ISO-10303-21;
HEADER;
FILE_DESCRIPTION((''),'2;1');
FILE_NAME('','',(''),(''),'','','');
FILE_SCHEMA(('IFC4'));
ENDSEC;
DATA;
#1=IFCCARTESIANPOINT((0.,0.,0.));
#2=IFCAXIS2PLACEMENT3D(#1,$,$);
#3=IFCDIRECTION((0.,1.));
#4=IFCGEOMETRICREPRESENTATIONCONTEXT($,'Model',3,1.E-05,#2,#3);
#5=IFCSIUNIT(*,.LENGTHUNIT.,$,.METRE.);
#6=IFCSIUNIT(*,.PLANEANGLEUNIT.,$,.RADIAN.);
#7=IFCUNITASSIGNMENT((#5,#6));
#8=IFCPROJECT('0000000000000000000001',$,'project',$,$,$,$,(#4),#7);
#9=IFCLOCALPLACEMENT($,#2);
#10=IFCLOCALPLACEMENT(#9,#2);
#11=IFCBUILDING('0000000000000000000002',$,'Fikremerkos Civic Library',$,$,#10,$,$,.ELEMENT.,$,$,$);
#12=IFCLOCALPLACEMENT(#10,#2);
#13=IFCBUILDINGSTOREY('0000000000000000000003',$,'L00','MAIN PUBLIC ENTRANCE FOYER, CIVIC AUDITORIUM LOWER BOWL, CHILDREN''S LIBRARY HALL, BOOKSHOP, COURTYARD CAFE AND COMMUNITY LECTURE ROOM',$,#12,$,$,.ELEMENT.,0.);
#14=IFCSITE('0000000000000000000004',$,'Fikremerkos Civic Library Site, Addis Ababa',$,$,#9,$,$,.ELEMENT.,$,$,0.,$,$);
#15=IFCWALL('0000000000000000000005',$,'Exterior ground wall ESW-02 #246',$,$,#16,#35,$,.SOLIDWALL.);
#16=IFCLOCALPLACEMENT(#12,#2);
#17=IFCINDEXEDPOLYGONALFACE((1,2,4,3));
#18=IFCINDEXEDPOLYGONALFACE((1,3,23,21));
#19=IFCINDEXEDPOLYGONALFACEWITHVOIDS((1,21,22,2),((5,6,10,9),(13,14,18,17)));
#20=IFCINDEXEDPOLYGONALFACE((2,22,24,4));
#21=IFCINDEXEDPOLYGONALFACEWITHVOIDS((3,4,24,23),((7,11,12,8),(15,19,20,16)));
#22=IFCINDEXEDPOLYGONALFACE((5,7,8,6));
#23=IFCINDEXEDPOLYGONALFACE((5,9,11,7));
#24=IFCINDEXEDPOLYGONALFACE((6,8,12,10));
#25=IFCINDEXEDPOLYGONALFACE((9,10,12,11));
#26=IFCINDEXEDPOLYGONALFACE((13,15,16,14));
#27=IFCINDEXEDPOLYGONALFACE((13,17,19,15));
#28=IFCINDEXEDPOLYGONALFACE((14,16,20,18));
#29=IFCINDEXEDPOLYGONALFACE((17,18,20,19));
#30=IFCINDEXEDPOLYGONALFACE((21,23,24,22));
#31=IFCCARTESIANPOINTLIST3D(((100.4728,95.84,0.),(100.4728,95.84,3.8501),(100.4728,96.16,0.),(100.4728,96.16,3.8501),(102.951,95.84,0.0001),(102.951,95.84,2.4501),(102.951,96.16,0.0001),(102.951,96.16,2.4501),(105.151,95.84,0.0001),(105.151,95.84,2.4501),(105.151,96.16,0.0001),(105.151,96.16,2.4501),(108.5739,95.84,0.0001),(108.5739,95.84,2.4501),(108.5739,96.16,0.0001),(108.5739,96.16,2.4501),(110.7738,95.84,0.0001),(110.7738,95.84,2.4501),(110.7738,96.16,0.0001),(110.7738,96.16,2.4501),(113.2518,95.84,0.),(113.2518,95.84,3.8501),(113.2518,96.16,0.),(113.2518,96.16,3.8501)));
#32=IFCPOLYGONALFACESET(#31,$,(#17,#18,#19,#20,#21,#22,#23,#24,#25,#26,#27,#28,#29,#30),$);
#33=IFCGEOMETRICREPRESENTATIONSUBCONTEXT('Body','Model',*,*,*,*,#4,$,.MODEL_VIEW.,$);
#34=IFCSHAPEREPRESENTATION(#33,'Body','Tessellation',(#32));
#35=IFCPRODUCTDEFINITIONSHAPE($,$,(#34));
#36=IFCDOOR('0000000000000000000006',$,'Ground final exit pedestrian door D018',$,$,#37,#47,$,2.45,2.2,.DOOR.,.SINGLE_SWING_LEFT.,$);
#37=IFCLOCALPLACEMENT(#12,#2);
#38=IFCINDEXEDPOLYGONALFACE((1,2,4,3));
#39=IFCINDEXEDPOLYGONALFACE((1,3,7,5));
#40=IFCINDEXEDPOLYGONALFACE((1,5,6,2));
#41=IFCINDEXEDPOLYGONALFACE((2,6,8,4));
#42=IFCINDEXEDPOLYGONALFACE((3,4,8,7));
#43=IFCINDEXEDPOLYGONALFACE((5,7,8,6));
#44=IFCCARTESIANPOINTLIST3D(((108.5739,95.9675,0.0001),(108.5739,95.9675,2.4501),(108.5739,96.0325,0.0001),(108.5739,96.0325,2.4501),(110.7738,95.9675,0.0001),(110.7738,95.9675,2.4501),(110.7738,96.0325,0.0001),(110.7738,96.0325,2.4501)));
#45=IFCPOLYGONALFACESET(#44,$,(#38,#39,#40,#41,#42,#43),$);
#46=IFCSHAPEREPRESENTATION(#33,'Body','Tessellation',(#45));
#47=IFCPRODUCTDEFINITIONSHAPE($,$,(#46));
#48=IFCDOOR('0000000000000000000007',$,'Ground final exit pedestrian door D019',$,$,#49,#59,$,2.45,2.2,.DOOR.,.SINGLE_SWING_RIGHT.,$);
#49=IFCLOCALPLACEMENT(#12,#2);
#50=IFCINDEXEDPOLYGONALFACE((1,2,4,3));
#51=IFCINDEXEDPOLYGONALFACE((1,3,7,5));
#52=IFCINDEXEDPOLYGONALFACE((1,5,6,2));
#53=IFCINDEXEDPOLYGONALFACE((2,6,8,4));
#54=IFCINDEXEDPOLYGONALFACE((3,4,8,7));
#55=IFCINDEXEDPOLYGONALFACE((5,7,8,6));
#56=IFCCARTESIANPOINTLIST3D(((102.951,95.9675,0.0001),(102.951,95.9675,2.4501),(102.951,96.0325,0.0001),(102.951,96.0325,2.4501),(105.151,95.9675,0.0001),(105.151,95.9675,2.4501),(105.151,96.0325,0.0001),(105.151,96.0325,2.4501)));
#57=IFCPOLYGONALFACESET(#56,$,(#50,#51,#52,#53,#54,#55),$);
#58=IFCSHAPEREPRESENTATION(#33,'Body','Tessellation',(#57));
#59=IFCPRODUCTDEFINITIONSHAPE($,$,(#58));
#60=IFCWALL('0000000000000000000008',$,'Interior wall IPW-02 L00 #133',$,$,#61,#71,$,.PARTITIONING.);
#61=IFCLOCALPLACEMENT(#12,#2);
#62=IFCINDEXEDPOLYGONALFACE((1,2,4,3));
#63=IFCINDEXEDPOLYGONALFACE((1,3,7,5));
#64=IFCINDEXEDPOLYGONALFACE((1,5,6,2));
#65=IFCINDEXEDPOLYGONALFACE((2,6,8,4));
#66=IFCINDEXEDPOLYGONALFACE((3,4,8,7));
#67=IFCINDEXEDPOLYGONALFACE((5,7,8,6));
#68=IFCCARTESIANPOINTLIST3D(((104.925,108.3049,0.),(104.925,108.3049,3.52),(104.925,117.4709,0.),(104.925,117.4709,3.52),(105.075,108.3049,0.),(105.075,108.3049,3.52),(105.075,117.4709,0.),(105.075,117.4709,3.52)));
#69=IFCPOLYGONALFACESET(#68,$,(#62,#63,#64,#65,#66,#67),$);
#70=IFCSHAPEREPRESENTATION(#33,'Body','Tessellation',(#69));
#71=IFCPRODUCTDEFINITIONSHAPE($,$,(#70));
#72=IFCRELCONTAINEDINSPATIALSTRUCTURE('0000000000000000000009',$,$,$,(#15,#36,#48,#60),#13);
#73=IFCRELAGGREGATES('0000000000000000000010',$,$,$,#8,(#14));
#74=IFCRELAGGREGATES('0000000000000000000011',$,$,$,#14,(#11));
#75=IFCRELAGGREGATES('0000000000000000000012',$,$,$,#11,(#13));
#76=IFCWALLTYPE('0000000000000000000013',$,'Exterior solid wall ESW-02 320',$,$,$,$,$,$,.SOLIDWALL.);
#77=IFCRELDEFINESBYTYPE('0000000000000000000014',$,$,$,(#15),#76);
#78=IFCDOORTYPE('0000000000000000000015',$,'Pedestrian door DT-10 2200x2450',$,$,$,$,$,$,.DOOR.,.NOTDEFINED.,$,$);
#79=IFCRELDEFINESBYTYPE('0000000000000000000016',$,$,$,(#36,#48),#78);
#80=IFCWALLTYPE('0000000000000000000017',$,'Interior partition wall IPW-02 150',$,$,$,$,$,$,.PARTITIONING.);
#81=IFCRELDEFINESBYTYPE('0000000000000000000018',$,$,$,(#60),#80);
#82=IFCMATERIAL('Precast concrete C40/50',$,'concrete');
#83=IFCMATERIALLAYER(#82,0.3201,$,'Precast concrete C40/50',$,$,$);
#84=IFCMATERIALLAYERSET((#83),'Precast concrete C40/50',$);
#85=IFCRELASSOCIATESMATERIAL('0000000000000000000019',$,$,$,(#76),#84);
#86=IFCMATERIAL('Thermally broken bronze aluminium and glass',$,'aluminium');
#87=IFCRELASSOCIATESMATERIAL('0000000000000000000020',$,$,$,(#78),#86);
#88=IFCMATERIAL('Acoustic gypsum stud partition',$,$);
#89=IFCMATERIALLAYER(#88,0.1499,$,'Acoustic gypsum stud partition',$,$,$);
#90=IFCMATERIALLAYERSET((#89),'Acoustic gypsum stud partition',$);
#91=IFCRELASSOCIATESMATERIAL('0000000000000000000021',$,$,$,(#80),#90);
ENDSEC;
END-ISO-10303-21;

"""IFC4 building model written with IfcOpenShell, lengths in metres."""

from ifc_helpers import new_model, si_unit, direction, frame, frame_2d, origin, place, context, subcontext, project, spatial, rectangle, extrude, material, layer, layer_set, type_object, element, fill, save


model = new_model("IFC4")

# Units and contexts
model_context = context("Model", 3, precision=1e-05, world=origin(), true_north=direction((0.0, 1.0)))
body_context = subcontext(model_context, "Body", "Model", "MODEL_VIEW")
ifc_project = project(units=[si_unit("LENGTHUNIT", "METRE"), si_unit("PLANEANGLEUNIT", "RADIAN")], contexts=[model_context])

# Site, building, storey
site_placement = place(None, origin())
site = spatial("IfcSite", under=ifc_project, at=site_placement, Name="Fikremerkos Civic Library Site, Addis Ababa", CompositionType="ELEMENT", RefElevation=0.0)
building_placement = place(site_placement, origin())
building = spatial("IfcBuilding", under=site, at=building_placement, Name="Fikremerkos Civic Library", CompositionType="ELEMENT")
storey_placement = place(building_placement, origin())
storey = spatial("IfcBuildingStorey", under=building, at=storey_placement, Name="L00", Description="MAIN PUBLIC ENTRANCE FOYER, CIVIC AUDITORIUM LOWER BOWL, CHILDREN'S LIBRARY HALL, BOOKSHOP, COURTYARD CAFE AND COMMUNITY LECTURE ROOM", CompositionType="ELEMENT", Elevation=0.0)

# Shared definitions
ifc_material_1 = material(Name="Precast concrete C40/50", Category="concrete")
ifc_layer_1 = layer(ifc_material_1, 0.3201, Name="Precast concrete C40/50")
ifc_layer_set_1 = layer_set([ifc_layer_1], Name="Precast concrete C40/50")
wall_type_1 = type_object("IfcWallType", Name="Exterior solid wall ESW-02 320", PredefinedType="SOLIDWALL", material=ifc_layer_set_1)
ifc_material_2 = material(Name="Thermally broken bronze aluminium and glass", Category="aluminium")

# Wall, openings, doors
wall_1_placement = place(storey_placement, frame((113.252, 96.0, 0.0), z_axis=(0.0, 0.0, 1.0), x_axis=(-1.0, 0.0, 0.0)))
wall_1 = element("IfcWall", 1, at=wall_1_placement, inside=storey, type_object=wall_type_1, Name="Exterior ground wall ESW-02 #246", PredefinedType="SOLIDWALL", context=body_context, shape_type="SweptSolid", body=[
    extrude(rectangle(XDim=12.7791, YDim=0.3201, at=frame_2d((6.3896, 0.0))), origin(), (0.0, 0.0, 1.0), 3.8501),
])
opening_1_placement = place(wall_1_placement, frame((2.478, 0.0, 0.0)))
opening_1 = element("IfcOpeningElement", 2, at=opening_1_placement, cuts=wall_1, PredefinedType="OPENING", context=body_context, shape_type="SweptSolid", body=[
    extrude(rectangle(XDim=2.2, YDim=2.45, at=frame_2d((1.1001, 1.2251))), frame((0.0, 0.1699, 0.0), z_axis=(0.0, -1.0, 0.0), x_axis=(1.0, 0.0, 0.0)), (0.0, 0.0, 1.0), 0.3401),
])
opening_2_placement = place(wall_1_placement, frame((8.1008, 0.0, 0.0)))
opening_2 = element("IfcOpeningElement", 3, at=opening_2_placement, cuts=wall_1, PredefinedType="OPENING", context=body_context, shape_type="SweptSolid", body=[
    extrude(rectangle(XDim=2.2, YDim=2.45, at=frame_2d((1.1001, 1.2251))), frame((0.0, 0.1699, 0.0), z_axis=(0.0, -1.0, 0.0), x_axis=(1.0, 0.0, 0.0)), (0.0, 0.0, 1.0), 0.3401),
])
door_type_1 = type_object("IfcDoorType", Name="Pedestrian door DT-10 2200x2450", OperationType="NOTDEFINED", PredefinedType="DOOR", material=ifc_material_2)
door_1_placement = place(opening_1_placement, origin())
door_1 = element("IfcDoor", 4, at=door_1_placement, inside=storey, type_object=door_type_1, Name="Ground final exit pedestrian door D018", OperationType="SINGLE_SWING_LEFT", OverallHeight=2.45, OverallWidth=2.2, PredefinedType="DOOR", context=body_context, shape_type="SweptSolid", body=[
    extrude(rectangle(XDim=2.2, YDim=2.45, at=frame_2d((1.1001, 1.2251))), frame((0.0, 0.0325, 0.0), z_axis=(0.0, -1.0, 0.0), x_axis=(1.0, 0.0, 0.0)), (0.0, 0.0, 1.0), 0.0649),
])
fill(opening_1, door_1)
door_2_placement = place(opening_2_placement, origin())
door_2 = element("IfcDoor", 5, at=door_2_placement, inside=storey, type_object=door_type_1, Name="Ground final exit pedestrian door D019", OperationType="SINGLE_SWING_RIGHT", OverallHeight=2.45, OverallWidth=2.2, PredefinedType="DOOR", context=body_context, shape_type="SweptSolid", body=[
    extrude(rectangle(XDim=2.2, YDim=2.45, at=frame_2d((1.1001, 1.2251))), frame((0.0, 0.0325, 0.0), z_axis=(0.0, -1.0, 0.0), x_axis=(1.0, 0.0, 0.0)), (0.0, 0.0, 1.0), 0.0649),
])
fill(opening_2, door_2)

# Wall
ifc_material_3 = material(Name="Acoustic gypsum stud partition")
ifc_layer_2 = layer(ifc_material_3, 0.1499, Name="Acoustic gypsum stud partition")
ifc_layer_set_2 = layer_set([ifc_layer_2], Name="Acoustic gypsum stud partition")
wall_type_2 = type_object("IfcWallType", Name="Interior partition wall IPW-02 150", PredefinedType="PARTITIONING", material=ifc_layer_set_2)
wall_2_placement = place(storey_placement, frame((105.0, 108.3049, 0.0), z_axis=(0.0, 0.0, 1.0), x_axis=(0.0, 1.0, 0.0)))
element("IfcWall", 6, at=wall_2_placement, inside=storey, type_object=wall_type_2, Name="Interior wall IPW-02 L00 #133", PredefinedType="PARTITIONING", context=body_context, shape_type="SweptSolid", body=[
    extrude(rectangle(XDim=9.166, YDim=0.1499, at=frame_2d((4.583, 0.0))), origin(), (0.0, 0.0, 1.0), 3.52),
])

save(model, "model.ifc")
